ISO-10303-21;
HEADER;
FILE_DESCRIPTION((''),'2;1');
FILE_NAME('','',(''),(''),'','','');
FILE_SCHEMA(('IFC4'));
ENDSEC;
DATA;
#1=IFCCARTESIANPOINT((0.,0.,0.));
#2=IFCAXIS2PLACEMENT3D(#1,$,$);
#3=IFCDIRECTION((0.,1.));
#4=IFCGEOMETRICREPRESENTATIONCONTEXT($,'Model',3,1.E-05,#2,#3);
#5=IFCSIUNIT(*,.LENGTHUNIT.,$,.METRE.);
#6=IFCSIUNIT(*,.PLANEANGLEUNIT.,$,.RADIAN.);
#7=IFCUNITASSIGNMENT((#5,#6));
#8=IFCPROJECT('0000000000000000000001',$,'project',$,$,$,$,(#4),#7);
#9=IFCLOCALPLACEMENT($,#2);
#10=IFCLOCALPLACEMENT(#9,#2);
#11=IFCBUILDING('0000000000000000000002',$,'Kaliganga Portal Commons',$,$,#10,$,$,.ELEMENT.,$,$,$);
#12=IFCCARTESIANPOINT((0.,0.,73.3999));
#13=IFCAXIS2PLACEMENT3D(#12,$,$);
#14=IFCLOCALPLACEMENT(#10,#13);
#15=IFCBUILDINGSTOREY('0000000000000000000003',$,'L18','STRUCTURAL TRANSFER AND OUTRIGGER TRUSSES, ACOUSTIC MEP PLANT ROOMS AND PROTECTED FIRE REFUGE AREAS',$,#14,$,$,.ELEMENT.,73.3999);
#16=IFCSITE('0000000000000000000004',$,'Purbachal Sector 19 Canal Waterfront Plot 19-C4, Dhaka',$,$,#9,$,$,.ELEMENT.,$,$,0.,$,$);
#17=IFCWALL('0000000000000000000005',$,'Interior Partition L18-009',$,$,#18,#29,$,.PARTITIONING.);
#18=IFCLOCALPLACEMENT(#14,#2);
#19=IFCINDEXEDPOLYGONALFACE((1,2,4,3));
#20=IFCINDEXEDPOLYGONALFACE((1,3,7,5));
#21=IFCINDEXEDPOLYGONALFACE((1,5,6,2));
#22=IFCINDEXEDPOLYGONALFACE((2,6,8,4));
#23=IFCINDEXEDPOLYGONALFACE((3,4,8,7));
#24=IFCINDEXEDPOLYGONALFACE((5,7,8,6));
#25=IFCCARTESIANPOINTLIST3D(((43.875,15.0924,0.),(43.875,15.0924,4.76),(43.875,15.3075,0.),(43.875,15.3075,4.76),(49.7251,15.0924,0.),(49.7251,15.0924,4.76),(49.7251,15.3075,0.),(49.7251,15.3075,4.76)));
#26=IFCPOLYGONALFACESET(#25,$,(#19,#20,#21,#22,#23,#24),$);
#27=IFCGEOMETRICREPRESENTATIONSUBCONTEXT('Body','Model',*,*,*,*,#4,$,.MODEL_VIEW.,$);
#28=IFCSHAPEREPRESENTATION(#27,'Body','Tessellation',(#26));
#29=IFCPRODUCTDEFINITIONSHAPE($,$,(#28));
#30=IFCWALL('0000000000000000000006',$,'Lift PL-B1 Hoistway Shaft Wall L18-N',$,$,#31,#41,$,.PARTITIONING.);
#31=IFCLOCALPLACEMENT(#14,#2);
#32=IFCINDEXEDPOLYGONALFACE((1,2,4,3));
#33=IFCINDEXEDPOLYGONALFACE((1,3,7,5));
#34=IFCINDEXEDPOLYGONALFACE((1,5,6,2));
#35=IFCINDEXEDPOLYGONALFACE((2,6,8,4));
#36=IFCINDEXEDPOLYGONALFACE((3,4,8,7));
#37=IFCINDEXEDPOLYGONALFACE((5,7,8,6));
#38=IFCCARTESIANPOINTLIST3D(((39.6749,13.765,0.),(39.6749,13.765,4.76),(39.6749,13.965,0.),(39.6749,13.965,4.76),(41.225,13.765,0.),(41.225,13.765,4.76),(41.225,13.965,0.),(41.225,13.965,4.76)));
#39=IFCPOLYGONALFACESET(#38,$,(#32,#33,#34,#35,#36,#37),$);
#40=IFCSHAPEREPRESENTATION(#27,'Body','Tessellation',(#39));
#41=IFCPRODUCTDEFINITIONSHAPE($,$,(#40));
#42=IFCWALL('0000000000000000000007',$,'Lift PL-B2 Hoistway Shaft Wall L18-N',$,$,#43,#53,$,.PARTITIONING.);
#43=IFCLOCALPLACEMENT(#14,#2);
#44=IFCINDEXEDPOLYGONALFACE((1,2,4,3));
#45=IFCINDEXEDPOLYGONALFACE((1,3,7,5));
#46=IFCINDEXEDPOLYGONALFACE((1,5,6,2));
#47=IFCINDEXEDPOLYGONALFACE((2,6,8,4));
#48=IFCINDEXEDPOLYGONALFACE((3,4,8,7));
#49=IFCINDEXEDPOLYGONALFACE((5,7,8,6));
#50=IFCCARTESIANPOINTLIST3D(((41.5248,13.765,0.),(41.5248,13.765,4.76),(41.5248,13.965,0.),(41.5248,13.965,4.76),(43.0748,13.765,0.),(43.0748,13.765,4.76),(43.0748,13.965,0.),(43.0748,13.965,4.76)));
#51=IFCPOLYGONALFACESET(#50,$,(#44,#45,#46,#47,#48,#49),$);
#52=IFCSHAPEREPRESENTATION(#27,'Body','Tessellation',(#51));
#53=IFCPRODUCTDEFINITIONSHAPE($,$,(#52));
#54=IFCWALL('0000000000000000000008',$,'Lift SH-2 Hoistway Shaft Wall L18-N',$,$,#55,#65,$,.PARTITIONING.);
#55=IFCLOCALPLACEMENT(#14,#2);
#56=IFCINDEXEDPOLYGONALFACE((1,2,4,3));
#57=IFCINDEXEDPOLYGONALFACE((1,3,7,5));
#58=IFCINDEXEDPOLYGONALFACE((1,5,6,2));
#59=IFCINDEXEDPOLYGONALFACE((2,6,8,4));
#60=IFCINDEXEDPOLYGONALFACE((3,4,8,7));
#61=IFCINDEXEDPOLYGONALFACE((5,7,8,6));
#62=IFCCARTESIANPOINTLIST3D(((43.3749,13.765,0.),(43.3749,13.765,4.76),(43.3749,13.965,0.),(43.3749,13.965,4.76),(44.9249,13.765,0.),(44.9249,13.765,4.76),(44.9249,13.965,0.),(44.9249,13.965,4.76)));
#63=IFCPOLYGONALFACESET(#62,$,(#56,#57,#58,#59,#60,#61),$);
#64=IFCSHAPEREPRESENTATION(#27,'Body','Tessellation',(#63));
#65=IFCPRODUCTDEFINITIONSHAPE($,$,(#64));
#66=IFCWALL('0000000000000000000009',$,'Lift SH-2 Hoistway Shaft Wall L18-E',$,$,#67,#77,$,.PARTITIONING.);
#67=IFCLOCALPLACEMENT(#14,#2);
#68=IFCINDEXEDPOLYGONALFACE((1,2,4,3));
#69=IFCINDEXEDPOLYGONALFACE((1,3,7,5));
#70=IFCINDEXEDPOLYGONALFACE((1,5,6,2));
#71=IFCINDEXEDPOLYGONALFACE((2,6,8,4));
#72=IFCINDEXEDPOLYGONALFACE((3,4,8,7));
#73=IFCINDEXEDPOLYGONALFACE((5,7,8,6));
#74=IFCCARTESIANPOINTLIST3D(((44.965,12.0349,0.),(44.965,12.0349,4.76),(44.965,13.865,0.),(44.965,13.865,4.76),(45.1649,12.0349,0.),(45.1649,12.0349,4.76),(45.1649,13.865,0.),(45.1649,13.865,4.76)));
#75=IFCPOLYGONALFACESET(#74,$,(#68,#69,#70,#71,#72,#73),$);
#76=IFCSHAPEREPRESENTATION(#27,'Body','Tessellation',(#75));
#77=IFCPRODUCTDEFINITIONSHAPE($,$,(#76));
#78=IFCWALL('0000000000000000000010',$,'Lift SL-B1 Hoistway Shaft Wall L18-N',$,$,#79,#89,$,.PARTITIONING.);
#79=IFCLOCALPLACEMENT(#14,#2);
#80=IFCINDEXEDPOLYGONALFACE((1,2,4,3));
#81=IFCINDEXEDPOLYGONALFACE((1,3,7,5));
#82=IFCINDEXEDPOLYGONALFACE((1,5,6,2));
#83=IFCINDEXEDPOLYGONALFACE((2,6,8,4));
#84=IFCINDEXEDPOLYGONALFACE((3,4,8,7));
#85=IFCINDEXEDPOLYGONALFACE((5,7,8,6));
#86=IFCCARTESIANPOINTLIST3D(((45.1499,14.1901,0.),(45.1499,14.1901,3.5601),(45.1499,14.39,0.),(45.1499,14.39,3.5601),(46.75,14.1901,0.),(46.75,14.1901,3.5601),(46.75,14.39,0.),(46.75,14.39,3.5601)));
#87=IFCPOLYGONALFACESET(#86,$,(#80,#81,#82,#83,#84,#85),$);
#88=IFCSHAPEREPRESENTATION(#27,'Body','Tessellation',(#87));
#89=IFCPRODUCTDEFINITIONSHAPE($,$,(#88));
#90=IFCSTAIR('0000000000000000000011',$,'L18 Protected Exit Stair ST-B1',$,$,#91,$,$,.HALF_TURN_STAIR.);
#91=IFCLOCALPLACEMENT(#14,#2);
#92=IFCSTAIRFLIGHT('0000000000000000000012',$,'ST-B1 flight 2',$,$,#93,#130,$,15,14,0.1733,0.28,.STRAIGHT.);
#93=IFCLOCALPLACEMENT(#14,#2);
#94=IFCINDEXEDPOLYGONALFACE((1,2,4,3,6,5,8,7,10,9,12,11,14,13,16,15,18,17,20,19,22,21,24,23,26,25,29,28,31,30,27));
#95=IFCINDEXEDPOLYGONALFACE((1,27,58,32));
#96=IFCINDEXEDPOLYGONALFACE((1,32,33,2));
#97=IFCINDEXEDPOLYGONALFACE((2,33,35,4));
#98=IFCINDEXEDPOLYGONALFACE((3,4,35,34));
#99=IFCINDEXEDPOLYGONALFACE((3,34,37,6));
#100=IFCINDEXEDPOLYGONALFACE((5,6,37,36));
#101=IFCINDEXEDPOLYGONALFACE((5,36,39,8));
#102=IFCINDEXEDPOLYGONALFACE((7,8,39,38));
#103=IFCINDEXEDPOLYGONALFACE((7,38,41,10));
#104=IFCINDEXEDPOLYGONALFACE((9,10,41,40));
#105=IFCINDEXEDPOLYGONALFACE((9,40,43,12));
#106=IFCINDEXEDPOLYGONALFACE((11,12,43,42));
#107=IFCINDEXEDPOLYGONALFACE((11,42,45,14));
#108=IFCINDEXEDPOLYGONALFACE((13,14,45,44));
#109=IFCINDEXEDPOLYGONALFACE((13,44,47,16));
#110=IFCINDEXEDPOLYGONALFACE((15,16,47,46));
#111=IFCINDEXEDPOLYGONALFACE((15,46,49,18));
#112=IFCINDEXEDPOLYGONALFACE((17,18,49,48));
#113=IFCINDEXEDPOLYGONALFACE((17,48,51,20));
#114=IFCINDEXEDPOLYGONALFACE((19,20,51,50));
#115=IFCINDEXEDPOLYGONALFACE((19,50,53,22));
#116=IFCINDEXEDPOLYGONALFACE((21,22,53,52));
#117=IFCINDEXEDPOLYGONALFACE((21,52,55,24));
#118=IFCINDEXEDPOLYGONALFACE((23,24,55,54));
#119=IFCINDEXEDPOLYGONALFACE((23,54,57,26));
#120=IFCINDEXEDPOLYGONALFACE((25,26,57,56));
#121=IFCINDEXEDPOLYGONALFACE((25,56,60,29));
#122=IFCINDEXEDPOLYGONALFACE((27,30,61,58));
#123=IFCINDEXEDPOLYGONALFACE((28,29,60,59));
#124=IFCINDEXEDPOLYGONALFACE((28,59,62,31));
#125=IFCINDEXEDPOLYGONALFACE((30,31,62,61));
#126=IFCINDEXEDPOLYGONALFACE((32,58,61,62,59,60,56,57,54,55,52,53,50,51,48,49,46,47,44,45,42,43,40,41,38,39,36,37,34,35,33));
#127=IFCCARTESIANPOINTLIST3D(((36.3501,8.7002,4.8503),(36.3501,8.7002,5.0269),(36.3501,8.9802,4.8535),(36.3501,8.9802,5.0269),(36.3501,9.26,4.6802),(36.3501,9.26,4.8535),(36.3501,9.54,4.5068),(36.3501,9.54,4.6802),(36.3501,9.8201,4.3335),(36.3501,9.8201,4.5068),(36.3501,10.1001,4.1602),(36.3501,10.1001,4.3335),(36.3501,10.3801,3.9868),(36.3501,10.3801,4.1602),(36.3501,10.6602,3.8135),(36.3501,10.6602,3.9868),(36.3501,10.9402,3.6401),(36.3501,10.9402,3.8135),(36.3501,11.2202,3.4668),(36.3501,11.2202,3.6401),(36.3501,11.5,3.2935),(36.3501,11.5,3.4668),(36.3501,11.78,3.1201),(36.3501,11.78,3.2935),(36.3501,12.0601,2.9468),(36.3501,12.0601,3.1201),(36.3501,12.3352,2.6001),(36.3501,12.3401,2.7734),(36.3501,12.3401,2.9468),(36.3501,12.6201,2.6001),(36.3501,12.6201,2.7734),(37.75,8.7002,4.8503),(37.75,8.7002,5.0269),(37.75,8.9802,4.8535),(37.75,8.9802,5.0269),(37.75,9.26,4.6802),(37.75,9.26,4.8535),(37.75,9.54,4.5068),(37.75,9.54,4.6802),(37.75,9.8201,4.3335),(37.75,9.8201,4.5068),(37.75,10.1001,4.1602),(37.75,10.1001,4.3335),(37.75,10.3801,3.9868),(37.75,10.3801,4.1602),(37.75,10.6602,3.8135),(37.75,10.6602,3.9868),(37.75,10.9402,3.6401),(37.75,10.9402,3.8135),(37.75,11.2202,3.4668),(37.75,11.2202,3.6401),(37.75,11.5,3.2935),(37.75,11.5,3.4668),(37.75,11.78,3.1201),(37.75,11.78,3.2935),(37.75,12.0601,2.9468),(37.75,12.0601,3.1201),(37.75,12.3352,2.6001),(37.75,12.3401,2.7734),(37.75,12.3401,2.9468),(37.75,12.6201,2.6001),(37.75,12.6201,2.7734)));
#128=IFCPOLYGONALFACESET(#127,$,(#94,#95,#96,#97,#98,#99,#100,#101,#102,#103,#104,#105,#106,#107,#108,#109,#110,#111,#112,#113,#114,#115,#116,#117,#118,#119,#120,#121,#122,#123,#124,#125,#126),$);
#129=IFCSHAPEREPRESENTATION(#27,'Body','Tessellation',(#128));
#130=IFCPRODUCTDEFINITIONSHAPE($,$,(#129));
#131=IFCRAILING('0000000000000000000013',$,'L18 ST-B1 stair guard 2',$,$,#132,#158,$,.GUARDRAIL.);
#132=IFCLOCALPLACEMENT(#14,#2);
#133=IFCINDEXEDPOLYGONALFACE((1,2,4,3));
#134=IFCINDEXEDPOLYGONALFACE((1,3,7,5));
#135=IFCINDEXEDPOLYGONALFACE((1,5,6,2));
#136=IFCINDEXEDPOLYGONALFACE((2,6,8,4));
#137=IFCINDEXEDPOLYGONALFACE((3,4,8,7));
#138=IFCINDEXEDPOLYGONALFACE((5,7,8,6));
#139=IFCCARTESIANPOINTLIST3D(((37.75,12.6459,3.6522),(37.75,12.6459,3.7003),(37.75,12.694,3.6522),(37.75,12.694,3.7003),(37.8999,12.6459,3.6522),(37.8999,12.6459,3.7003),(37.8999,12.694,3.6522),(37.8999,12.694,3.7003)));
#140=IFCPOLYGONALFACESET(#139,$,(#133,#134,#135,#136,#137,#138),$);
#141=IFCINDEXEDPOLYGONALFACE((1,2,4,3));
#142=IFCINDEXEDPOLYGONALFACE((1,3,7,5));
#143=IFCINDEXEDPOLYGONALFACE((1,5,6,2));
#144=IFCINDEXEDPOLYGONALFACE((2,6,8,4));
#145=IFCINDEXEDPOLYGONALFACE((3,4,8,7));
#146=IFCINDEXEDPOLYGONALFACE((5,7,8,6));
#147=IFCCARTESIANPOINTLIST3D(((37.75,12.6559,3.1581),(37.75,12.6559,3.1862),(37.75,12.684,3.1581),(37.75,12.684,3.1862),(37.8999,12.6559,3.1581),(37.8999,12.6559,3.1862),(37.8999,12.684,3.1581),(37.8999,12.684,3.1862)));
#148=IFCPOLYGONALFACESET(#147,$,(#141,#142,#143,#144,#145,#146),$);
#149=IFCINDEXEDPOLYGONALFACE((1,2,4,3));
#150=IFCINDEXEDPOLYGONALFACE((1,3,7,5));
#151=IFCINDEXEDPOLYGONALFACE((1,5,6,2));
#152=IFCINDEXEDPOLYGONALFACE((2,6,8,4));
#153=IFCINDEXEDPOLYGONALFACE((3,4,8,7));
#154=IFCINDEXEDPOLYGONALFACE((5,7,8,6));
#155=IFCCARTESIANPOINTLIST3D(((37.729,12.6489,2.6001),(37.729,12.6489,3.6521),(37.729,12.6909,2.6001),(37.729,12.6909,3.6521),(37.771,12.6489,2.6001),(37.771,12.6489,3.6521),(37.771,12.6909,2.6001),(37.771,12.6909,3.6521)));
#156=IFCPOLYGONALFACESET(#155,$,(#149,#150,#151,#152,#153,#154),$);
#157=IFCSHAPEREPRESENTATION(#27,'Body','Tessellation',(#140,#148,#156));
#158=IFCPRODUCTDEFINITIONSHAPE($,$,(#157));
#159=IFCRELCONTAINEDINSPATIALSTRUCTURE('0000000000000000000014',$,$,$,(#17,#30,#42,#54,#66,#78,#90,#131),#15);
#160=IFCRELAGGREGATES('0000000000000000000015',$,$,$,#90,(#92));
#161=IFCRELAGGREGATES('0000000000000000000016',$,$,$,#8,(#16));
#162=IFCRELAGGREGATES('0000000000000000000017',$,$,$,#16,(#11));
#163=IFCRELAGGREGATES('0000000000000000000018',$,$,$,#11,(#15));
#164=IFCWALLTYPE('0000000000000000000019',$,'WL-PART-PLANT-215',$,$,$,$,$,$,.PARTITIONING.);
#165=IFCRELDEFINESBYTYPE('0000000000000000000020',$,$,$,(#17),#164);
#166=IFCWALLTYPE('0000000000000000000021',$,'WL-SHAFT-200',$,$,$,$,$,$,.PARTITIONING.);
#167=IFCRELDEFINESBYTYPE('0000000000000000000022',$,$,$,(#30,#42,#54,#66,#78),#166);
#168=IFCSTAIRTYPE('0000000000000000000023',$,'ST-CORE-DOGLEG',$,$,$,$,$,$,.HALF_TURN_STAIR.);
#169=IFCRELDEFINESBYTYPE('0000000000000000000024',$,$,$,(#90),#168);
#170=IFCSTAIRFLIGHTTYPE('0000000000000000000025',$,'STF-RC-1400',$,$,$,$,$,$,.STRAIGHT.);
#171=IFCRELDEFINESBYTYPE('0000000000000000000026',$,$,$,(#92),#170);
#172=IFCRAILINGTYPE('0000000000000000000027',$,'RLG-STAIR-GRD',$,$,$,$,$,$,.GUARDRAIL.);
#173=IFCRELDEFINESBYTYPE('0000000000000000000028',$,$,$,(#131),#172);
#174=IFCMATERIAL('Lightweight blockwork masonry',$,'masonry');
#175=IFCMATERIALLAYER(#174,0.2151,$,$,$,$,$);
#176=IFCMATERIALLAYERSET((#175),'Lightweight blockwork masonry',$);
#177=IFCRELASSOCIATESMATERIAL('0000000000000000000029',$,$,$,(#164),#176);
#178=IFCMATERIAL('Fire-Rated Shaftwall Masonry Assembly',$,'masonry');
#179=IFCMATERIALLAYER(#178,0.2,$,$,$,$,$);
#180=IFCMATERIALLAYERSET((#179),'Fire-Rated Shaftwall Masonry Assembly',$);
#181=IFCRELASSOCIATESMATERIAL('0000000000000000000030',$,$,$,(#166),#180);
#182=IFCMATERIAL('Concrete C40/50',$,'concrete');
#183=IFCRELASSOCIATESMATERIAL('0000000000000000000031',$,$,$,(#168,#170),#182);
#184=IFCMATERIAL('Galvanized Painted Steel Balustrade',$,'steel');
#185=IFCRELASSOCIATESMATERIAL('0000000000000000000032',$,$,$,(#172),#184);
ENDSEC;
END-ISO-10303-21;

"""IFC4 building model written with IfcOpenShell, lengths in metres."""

from ifc_helpers import new_model, si_unit, direction, frame, frame_2d, origin, origin_2d, place, context, subcontext, project, spatial, polyline, rectangle, outline, extrude, material, layer, layer_set, type_object, element, aggregate, save


model = new_model("IFC4")

# Units and contexts
model_context = context("Model", 3, precision=1e-05, world=origin(), true_north=direction((0.0, 1.0)))
body_context = subcontext(model_context, "Body", "Model", "MODEL_VIEW")
ifc_project = project(units=[si_unit("LENGTHUNIT", "METRE"), si_unit("PLANEANGLEUNIT", "RADIAN")], contexts=[model_context])

# Site, building, storey
site_placement = place(None, origin())
site = spatial("IfcSite", under=ifc_project, at=site_placement, Name="Purbachal Sector 19 Canal Waterfront Plot 19-C4, Dhaka", CompositionType="ELEMENT", RefElevation=0.0)
building_placement = place(site_placement, origin())
building = spatial("IfcBuilding", under=site, at=building_placement, Name="Kaliganga Portal Commons", CompositionType="ELEMENT")
storey_placement = place(building_placement, frame((0.0, 0.0, 73.3999)))
storey = spatial("IfcBuildingStorey", under=building, at=storey_placement, Name="L18", Description="STRUCTURAL TRANSFER AND OUTRIGGER TRUSSES, ACOUSTIC MEP PLANT ROOMS AND PROTECTED FIRE REFUGE AREAS", CompositionType="ELEMENT", Elevation=73.3999)

# Shared definitions
ifc_material_1 = material(Name="Lightweight blockwork masonry", Category="masonry")
ifc_layer_1 = layer(ifc_material_1, 0.2151)
ifc_layer_set_1 = layer_set([ifc_layer_1], Name="Lightweight blockwork masonry")
wall_type_1 = type_object("IfcWallType", Name="WL-PART-PLANT-215", PredefinedType="PARTITIONING", material=ifc_layer_set_1)

# Walls
wall_1_placement = place(storey_placement, frame((43.875, 15.2, 0.0), z_axis=(0.0, 0.0, 1.0), x_axis=(1.0, 0.0, 0.0)))
element("IfcWall", 1, at=wall_1_placement, inside=storey, type_object=wall_type_1, Name="Interior Partition L18-009", PredefinedType="PARTITIONING", context=body_context, shape_type="SweptSolid", body=[
    extrude(rectangle(XDim=5.8501, YDim=0.2151, at=frame_2d((2.925, 0.0))), origin(), (0.0, 0.0, 1.0), 4.76),
])
ifc_material_2 = material(Name="Fire-Rated Shaftwall Masonry Assembly", Category="masonry")
ifc_layer_2 = layer(ifc_material_2, 0.2)
ifc_layer_set_2 = layer_set([ifc_layer_2], Name="Fire-Rated Shaftwall Masonry Assembly")
wall_type_2 = type_object("IfcWallType", Name="WL-SHAFT-200", PredefinedType="PARTITIONING", material=ifc_layer_set_2)
for number, where, z_axis, x_axis, name in (
    (2, (39.675, 13.865, 0.0), (0.0, 0.0, 1.0), (1.0, 0.0, 0.0), "Lift PL-B1 Hoistway Shaft Wall L18-N"),
    (3, (41.5249, 13.865, 0.0), (0.0, 0.0, 1.0), (1.0, 0.0, 0.0), "Lift PL-B2 Hoistway Shaft Wall L18-N"),
):
    element("IfcWall", number, at=place(storey_placement, frame(where, z_axis=z_axis, x_axis=x_axis)), inside=storey, type_object=wall_type_2, Name=name, PredefinedType="PARTITIONING", context=body_context, shape_type="SweptSolid", body=[
        extrude(rectangle(XDim=1.55, YDim=0.2, at=frame_2d((0.7749, 0.0))), origin(), (0.0, 0.0, 1.0), 4.76),
    ])

# Walls
wall_2_placement = place(storey_placement, frame((43.375, 13.865, 0.0), z_axis=(0.0, 0.0, 1.0), x_axis=(1.0, 0.0, 0.0)))
element("IfcWall", 4, at=wall_2_placement, inside=storey, type_object=wall_type_2, Name="Lift SH-2 Hoistway Shaft Wall L18-N", PredefinedType="PARTITIONING", context=body_context, shape_type="SweptSolid", body=[
    extrude(rectangle(XDim=1.55, YDim=0.2, at=frame_2d((0.7749, 0.0))), origin(), (0.0, 0.0, 1.0), 4.76),
])
wall_3_placement = place(storey_placement, frame((45.0649, 12.0349, 0.0), z_axis=(0.0, 0.0, 1.0), x_axis=(0.0, 1.0, 0.0)))
element("IfcWall", 5, at=wall_3_placement, inside=storey, type_object=wall_type_2, Name="Lift SH-2 Hoistway Shaft Wall L18-E", PredefinedType="PARTITIONING", context=body_context, shape_type="SweptSolid", body=[
    extrude(rectangle(XDim=1.8301, YDim=0.2, at=frame_2d((0.915, 0.0))), origin(), (0.0, 0.0, 1.0), 4.76),
])
wall_4_placement = place(storey_placement, frame((45.1499, 14.29, 0.0), z_axis=(0.0, 0.0, 1.0), x_axis=(1.0, 0.0, 0.0)))
element("IfcWall", 6, at=wall_4_placement, inside=storey, type_object=wall_type_2, Name="Lift SL-B1 Hoistway Shaft Wall L18-N", PredefinedType="PARTITIONING", context=body_context, shape_type="SweptSolid", body=[
    extrude(rectangle(XDim=1.6001, YDim=0.2, at=frame_2d((0.8, 0.0))), origin(), (0.0, 0.0, 1.0), 3.5601),
])

# Stair, stair flight
ifc_material_3 = material(Name="Concrete C40/50", Category="concrete")
stair_type = type_object("IfcStairType", Name="ST-CORE-DOGLEG", PredefinedType="HALF_TURN_STAIR", material=ifc_material_3)
stair_placement = place(storey_placement, origin())
stair = element("IfcStair", 7, at=stair_placement, inside=storey, type_object=stair_type, Name="L18 Protected Exit Stair ST-B1", PredefinedType="HALF_TURN_STAIR")
stair_flight_type = type_object("IfcStairFlightType", Name="STF-RC-1400", PredefinedType="STRAIGHT", material=ifc_material_3)
stair_flight_placement = place(storey_placement, frame((37.05, 12.6201, 2.6001), z_axis=(0.0, 0.0, 1.0), x_axis=(0.0, -1.0, 0.0)))
stair_flight = element("IfcStairFlight", 8, at=stair_flight_placement, type_object=stair_flight_type, Name="ST-B1 flight 2", NumberOfRisers=15, NumberOfTreads=14, PredefinedType="STRAIGHT", RiserHeight=0.1733, TreadLength=0.28, context=body_context, shape_type="SweptSolid", body=[
    extrude(outline(polyline([(0.0, 0.0), (0.0, 0.1733), (0.28, 0.1733), (0.28, 0.3467), (0.5601, 0.3467), (0.5601, 0.52), (0.8401, 0.52), (0.8401, 0.6934), (1.1201, 0.6934), (1.1201, 0.8667), (1.3999, 0.8667), (1.3999, 1.04), (1.6799, 1.04), (1.6799, 1.2134), (1.96, 1.2134), (1.96, 1.3867), (2.24, 1.3867), (2.24, 1.5601), (2.52, 1.5601), (2.52, 1.7334), (2.8, 1.7334), (2.8, 1.9067), (3.0801, 1.9067), (3.0801, 2.0801), (3.3601, 2.0801), (3.3601, 2.2534), (3.6399, 2.2534), (3.6399, 2.4268), (3.9199, 2.4268), (3.9199, 2.6001), (3.9199, 2.2502), (0.2849, 0.0), (0.0, 0.0)])), frame((0.0, 0.7, 0.0), z_axis=(0.0, -1.0, 0.0), x_axis=(1.0, 0.0, 0.0)), (0.0, 0.0, 1.0), 1.3999),
])
aggregate(stair, [stair_flight])

# Railing
ifc_material_4 = material(Name="Galvanized Painted Steel Balustrade", Category="steel")
railing_type_1 = type_object("IfcRailingType", Name="RLG-STAIR-GRD", PredefinedType="GUARDRAIL", material=ifc_material_4)
railing_1_placement = place(storey_placement, frame((37.8999, 12.6699, 2.6001)))
element("IfcRailing", 9, at=railing_1_placement, inside=storey, type_object=railing_type_1, Name="L18 ST-B1 stair guard 2", PredefinedType="GUARDRAIL", context=body_context, shape_type="SweptSolid", body=[
    extrude(rectangle(XDim=0.0481, YDim=0.0481, at=origin_2d()), frame((0.0, 0.0, 1.0762), z_axis=(-1.0, 0.0, 0.0), x_axis=(0.0, -1.0, 0.0)), (0.0, 0.0, 1.0), 0.1499),
    extrude(rectangle(XDim=0.0281, YDim=0.0281, at=origin_2d()), frame((0.0, 0.0, 0.572), z_axis=(-1.0, 0.0, 0.0), x_axis=(0.0, -1.0, 0.0)), (0.0, 0.0, 1.0), 0.1499),
    extrude(rectangle(XDim=0.042, YDim=0.042, at=origin_2d()), frame((-0.1499, 0.0, 0.0)), (0.0, 0.0, 1.0), 1.052),
])

save(model, "model.ifc")
